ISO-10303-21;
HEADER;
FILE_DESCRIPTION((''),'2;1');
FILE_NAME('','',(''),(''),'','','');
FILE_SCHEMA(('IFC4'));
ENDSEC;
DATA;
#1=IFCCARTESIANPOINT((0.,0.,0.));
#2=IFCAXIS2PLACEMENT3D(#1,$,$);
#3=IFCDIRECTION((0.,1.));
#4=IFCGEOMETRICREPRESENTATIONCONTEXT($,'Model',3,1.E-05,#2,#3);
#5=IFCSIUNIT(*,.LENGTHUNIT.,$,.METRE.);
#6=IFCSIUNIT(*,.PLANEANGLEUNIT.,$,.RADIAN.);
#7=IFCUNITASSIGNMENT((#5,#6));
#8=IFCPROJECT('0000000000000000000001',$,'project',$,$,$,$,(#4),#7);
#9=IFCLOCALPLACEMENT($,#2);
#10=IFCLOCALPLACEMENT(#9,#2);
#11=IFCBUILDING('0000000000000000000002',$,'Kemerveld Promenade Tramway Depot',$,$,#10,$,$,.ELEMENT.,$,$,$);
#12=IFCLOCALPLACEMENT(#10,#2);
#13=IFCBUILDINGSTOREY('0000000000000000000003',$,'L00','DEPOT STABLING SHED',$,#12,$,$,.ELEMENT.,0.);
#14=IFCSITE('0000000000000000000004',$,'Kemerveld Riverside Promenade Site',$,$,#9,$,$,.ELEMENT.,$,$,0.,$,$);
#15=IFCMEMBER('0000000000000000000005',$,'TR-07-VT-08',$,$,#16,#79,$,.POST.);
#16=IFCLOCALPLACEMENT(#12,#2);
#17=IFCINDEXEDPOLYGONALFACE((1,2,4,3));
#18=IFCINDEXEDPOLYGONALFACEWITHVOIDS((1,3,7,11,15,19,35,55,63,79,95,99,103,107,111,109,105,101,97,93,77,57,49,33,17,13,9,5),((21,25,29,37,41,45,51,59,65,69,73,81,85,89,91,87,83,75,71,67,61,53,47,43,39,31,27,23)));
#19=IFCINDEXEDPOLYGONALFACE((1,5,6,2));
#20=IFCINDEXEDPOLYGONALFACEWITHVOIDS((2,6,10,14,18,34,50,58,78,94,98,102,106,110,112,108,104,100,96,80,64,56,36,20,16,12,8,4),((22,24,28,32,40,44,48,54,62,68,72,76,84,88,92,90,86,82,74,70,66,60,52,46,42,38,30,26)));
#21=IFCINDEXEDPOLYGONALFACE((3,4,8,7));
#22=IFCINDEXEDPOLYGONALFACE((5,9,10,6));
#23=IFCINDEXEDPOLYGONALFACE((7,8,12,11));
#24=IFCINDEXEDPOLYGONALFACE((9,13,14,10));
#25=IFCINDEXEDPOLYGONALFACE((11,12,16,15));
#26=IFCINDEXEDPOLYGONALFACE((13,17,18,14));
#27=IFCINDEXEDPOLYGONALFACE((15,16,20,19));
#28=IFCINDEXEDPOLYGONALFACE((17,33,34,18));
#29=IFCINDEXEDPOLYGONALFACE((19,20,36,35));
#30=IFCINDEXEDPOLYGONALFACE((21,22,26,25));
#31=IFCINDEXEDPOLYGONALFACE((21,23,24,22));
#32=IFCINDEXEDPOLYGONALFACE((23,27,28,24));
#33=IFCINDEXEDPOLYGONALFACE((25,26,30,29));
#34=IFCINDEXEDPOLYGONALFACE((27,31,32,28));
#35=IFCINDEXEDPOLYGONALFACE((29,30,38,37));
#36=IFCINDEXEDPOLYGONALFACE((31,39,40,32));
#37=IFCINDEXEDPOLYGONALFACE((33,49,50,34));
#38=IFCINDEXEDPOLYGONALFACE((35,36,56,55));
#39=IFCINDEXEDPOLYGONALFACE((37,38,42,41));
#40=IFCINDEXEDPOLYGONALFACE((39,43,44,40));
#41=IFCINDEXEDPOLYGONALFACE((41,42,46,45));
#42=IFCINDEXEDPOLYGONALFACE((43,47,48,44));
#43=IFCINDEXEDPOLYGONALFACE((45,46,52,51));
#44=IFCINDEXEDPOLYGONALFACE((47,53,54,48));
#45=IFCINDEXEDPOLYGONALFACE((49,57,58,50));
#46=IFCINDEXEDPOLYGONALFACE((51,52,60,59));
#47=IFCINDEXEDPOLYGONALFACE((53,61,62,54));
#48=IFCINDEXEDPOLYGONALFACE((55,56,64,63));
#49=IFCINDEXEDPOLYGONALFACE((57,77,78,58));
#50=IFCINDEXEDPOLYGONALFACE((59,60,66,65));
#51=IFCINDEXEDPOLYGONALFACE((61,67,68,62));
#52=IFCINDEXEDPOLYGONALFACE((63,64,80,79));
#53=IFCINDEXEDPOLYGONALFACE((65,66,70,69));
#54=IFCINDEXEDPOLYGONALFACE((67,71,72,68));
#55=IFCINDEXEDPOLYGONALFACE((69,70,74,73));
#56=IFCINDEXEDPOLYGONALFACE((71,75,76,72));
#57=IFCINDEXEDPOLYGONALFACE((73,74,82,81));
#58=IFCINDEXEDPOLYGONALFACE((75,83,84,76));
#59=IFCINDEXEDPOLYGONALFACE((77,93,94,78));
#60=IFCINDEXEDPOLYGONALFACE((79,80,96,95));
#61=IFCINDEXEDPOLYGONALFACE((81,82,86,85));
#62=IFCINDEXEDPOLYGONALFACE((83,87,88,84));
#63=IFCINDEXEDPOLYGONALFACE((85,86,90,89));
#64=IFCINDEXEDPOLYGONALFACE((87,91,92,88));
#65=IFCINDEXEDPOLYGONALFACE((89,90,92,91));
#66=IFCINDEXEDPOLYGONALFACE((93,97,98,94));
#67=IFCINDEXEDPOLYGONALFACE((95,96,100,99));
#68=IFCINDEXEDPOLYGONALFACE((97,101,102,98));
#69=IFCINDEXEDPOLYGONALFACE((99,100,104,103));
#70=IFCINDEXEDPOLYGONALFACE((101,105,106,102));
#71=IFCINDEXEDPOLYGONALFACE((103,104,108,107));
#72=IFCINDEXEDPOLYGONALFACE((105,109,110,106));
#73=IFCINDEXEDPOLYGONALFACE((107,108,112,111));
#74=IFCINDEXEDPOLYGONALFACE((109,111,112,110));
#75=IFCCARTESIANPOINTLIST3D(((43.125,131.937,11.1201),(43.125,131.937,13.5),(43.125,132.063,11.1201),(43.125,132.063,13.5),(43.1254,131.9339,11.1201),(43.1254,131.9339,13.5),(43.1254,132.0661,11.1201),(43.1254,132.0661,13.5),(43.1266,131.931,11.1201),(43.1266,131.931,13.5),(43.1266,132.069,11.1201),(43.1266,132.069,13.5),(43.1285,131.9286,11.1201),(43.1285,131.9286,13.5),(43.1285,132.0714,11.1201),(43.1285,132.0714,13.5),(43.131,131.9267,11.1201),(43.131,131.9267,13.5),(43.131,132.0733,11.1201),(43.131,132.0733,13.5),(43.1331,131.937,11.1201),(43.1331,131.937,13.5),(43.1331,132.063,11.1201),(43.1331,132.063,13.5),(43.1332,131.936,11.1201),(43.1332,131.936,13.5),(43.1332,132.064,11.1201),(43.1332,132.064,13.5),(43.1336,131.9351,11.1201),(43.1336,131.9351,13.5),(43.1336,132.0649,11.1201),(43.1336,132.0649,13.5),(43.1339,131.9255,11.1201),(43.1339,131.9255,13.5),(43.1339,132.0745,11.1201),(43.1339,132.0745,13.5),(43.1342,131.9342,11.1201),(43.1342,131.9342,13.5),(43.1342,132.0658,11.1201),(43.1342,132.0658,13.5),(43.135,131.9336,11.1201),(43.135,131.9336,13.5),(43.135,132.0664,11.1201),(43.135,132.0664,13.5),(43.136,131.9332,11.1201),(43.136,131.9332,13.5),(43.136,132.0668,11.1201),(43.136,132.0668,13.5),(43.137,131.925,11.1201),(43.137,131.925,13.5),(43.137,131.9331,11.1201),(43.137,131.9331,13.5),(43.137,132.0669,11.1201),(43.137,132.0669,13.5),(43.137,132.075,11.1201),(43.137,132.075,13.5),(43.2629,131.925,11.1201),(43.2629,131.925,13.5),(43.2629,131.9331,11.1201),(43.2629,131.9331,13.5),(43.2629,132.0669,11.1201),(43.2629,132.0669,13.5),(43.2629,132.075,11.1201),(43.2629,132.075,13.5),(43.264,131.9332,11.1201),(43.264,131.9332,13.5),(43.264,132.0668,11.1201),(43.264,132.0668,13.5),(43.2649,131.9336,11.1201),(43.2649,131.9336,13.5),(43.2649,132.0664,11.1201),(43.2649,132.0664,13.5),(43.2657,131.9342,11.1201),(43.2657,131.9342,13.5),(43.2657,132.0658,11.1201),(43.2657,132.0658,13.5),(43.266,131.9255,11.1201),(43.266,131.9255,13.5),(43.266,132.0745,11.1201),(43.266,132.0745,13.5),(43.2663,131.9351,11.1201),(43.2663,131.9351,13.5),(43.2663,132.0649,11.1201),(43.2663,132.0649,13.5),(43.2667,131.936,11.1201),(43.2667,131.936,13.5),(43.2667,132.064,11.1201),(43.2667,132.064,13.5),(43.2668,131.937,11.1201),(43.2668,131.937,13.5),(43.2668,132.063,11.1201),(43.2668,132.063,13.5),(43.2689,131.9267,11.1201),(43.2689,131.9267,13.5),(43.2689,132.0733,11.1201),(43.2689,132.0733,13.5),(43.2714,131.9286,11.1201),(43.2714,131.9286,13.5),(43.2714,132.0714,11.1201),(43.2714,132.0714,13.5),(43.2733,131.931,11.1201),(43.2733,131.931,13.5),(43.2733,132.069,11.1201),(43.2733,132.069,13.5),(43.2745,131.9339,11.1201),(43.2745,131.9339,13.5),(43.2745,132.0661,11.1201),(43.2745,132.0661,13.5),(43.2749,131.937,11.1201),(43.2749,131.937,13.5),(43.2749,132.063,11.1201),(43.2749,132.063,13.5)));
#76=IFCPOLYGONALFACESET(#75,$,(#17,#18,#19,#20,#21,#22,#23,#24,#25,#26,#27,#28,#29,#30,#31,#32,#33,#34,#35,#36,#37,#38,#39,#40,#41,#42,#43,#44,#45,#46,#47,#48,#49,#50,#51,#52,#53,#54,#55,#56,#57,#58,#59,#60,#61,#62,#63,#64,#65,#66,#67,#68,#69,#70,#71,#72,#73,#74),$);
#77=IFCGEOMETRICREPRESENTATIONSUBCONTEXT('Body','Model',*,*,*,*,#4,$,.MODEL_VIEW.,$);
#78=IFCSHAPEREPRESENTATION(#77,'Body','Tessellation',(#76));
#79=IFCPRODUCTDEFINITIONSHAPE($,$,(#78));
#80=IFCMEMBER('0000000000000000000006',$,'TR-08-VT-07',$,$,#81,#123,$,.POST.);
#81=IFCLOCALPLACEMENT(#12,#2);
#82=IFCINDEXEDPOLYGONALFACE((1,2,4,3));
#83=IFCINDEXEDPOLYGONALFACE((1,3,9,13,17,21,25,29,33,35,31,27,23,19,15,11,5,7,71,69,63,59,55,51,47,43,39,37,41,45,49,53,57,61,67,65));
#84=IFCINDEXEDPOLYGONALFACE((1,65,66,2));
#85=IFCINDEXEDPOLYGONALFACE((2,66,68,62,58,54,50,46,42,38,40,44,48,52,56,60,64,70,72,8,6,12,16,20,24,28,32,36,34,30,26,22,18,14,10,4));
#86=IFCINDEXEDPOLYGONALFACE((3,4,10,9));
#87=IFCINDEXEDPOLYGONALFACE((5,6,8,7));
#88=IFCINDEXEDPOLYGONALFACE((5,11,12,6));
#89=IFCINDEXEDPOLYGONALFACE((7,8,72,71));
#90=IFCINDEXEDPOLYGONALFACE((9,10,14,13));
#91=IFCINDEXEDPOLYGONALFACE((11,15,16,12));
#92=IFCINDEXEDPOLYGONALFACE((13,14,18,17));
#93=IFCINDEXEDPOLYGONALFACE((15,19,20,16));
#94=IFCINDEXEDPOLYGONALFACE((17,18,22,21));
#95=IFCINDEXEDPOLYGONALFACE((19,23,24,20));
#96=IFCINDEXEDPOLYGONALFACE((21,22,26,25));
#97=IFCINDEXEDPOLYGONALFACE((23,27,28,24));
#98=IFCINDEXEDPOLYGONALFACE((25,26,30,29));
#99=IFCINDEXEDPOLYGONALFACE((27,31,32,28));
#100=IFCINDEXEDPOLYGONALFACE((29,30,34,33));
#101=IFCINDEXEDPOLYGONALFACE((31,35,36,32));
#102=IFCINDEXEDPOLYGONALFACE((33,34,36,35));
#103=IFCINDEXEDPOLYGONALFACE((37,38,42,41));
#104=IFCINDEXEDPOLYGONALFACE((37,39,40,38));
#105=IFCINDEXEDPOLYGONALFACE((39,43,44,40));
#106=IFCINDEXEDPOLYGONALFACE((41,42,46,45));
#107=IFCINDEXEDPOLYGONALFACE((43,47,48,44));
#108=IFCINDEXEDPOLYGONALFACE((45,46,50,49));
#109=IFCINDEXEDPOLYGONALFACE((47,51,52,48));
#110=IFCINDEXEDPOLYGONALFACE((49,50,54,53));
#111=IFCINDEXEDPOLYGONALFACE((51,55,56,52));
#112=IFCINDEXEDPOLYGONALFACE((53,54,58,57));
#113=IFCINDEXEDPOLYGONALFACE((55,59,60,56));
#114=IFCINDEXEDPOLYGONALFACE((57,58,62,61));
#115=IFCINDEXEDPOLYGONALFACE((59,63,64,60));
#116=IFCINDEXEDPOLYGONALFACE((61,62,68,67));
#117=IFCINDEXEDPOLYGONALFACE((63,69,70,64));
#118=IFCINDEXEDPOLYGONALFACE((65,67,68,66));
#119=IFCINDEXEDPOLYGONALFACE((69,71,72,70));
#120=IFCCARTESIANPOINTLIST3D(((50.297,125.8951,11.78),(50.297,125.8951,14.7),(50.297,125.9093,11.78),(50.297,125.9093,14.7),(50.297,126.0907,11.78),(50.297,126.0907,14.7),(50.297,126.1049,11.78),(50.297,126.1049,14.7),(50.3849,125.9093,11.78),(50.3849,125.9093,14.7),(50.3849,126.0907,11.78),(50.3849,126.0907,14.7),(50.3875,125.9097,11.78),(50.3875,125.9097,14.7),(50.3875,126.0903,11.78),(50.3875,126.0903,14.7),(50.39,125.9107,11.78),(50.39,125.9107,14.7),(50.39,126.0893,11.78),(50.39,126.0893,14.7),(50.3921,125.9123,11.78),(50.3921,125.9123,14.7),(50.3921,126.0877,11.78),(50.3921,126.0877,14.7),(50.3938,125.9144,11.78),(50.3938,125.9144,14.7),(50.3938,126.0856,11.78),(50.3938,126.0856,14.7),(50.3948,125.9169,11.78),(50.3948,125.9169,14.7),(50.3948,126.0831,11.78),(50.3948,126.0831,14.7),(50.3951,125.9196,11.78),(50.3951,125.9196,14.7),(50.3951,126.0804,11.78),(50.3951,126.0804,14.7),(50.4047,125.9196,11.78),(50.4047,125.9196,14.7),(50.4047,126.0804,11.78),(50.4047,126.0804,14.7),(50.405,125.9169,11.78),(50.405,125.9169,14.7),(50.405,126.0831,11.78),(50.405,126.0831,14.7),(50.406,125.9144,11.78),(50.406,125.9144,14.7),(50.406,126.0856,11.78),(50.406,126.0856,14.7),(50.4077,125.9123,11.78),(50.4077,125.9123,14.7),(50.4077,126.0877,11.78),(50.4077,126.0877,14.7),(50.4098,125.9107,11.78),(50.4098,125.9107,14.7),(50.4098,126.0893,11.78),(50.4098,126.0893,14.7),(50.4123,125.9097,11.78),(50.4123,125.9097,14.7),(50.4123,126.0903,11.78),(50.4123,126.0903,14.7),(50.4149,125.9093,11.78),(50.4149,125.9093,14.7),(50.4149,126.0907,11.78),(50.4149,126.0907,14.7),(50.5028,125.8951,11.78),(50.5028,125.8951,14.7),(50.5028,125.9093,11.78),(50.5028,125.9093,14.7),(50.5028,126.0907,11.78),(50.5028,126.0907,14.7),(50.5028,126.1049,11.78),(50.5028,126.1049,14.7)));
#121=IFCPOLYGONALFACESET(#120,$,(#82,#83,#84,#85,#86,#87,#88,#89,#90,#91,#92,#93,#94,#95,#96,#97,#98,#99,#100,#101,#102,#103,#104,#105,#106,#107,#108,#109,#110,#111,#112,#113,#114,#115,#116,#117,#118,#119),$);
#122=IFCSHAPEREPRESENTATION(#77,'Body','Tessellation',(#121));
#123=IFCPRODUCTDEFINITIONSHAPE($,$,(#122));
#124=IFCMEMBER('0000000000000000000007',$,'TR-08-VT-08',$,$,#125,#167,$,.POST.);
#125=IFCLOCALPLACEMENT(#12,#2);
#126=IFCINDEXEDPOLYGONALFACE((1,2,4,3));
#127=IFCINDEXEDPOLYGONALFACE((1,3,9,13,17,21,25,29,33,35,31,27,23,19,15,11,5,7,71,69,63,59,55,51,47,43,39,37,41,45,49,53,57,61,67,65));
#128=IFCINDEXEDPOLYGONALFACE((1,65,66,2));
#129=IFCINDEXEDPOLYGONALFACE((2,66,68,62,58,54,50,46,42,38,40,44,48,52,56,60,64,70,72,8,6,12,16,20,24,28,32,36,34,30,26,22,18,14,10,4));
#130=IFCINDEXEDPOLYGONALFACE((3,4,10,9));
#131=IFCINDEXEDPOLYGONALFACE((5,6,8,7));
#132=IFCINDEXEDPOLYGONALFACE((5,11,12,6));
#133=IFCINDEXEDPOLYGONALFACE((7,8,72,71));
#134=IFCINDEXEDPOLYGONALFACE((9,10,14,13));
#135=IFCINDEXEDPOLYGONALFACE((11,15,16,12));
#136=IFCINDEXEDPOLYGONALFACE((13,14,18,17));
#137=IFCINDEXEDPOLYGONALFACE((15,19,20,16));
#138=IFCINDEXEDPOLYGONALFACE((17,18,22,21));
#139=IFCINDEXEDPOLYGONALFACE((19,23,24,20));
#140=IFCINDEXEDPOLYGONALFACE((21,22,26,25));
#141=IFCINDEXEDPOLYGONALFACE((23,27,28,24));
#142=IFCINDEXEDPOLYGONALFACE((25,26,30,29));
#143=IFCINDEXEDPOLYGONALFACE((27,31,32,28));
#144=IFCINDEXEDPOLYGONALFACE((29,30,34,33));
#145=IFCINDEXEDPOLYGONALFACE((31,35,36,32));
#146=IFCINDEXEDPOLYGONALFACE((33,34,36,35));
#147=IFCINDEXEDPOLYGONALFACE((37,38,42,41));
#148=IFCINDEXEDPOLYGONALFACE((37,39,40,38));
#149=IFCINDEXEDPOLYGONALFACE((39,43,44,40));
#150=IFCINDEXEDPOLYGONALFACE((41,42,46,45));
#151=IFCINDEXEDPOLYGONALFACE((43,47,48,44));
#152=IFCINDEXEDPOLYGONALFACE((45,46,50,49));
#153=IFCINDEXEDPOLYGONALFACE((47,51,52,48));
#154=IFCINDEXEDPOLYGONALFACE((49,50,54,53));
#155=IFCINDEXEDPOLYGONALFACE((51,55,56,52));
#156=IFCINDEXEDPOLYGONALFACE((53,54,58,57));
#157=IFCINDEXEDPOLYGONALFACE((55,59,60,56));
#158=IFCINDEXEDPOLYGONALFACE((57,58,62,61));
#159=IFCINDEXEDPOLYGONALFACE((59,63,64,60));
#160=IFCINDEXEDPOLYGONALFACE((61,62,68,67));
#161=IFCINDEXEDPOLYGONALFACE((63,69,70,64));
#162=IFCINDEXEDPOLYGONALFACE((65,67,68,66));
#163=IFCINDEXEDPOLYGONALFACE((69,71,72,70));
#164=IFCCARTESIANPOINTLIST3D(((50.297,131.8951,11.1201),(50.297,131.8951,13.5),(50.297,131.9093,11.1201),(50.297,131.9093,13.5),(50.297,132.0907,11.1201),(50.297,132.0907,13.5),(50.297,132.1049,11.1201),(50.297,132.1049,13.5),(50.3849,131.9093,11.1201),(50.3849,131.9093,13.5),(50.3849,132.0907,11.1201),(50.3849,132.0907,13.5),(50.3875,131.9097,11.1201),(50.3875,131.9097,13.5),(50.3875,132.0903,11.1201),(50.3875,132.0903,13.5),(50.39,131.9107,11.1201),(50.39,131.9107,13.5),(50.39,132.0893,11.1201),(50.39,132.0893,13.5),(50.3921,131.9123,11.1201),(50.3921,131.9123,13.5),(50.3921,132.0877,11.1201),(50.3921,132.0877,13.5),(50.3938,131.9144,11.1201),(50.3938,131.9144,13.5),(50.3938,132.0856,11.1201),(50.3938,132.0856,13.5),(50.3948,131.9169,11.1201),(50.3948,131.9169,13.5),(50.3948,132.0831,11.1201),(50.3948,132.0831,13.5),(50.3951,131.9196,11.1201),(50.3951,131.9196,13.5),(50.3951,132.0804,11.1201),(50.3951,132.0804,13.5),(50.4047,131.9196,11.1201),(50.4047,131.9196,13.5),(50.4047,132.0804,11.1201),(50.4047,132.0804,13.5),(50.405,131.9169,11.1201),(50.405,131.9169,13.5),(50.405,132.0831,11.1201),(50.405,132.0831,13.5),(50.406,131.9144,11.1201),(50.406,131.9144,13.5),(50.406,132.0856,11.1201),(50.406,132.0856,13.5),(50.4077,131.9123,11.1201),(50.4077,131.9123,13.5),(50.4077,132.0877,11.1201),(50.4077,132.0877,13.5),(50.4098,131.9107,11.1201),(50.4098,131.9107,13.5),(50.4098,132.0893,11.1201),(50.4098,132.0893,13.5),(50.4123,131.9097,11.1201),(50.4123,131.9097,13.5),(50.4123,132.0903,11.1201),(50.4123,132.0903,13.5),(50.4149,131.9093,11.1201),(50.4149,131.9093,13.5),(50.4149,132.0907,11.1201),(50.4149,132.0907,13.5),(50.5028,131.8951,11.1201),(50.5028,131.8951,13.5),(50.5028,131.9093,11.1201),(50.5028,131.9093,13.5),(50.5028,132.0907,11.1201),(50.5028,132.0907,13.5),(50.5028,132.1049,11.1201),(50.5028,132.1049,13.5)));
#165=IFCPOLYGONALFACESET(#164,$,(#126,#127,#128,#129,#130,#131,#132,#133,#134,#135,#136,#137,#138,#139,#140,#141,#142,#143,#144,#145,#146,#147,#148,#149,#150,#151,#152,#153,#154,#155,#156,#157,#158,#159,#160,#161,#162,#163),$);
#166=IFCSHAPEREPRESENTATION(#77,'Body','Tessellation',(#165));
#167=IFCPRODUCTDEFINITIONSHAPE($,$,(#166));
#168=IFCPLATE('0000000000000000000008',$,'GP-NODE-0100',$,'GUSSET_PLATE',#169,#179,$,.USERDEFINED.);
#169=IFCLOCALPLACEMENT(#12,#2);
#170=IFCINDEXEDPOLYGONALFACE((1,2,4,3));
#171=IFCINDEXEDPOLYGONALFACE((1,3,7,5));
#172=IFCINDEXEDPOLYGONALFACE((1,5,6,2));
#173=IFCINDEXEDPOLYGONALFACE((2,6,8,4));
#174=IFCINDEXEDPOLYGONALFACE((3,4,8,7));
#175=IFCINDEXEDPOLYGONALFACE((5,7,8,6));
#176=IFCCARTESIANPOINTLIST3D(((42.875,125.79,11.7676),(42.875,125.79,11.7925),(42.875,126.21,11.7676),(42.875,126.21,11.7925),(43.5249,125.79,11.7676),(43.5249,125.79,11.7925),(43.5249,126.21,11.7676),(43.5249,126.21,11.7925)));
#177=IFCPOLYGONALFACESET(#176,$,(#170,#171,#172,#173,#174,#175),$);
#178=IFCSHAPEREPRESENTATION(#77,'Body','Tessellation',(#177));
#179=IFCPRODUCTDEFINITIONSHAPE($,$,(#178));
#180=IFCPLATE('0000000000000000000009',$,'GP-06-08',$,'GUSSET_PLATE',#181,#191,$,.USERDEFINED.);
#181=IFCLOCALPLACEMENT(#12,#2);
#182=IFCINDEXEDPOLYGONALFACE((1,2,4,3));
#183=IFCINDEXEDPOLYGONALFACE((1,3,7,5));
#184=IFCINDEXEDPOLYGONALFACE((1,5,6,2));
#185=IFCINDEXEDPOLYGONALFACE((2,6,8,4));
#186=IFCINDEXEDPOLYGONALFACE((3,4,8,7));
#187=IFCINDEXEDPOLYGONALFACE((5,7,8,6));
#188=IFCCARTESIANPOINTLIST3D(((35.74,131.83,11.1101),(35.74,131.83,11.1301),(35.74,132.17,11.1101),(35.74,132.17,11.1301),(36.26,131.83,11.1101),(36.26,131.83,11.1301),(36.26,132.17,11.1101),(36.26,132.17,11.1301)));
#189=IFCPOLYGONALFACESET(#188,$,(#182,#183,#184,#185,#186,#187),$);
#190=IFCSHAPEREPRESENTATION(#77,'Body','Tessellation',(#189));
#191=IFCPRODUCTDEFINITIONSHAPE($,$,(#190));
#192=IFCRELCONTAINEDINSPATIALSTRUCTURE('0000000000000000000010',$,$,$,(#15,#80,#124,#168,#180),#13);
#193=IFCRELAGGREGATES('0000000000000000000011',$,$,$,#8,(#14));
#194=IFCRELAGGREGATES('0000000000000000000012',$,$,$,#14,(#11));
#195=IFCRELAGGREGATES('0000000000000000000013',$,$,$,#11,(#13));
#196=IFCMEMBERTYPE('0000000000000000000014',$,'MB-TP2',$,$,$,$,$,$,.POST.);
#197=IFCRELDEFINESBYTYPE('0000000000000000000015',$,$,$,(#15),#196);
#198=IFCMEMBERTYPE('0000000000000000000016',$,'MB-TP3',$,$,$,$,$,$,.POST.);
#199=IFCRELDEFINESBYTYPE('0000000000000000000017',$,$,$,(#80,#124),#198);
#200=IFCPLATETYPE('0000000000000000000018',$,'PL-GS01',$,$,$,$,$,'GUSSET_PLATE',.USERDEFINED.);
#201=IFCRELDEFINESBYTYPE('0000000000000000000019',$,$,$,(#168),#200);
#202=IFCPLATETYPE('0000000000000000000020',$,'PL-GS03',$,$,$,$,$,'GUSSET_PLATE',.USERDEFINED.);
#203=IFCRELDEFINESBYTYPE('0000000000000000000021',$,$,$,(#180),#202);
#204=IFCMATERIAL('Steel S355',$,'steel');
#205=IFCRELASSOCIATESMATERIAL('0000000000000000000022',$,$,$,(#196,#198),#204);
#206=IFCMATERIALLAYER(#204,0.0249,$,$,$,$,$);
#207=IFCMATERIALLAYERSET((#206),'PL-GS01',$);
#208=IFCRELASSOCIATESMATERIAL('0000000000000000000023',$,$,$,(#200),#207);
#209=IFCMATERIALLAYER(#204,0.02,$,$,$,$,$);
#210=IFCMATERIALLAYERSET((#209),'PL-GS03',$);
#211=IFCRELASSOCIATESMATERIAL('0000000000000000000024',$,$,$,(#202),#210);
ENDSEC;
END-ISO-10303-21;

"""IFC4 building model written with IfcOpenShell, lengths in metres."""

from ifc_helpers import new_model, si_unit, direction, frame, origin, origin_2d, place, context, subcontext, project, spatial, rectangle, hollow_rectangle, i_section, extrude, material, layer, layer_set, material_profile, profile_set, type_object, element, save


model = new_model("IFC4")

# Units and contexts
model_context = context("Model", 3, precision=1e-05, world=origin(), true_north=direction((0.0, 1.0)))
body_context = subcontext(model_context, "Body", "Model", "MODEL_VIEW")
ifc_project = project(units=[si_unit("LENGTHUNIT", "METRE"), si_unit("PLANEANGLEUNIT", "RADIAN")], contexts=[model_context])

# Site, building, storey
site_placement = place(None, origin())
site = spatial("IfcSite", under=ifc_project, at=site_placement, Name="Kemerveld Riverside Promenade Site", CompositionType="ELEMENT", RefElevation=0.0)
building_placement = place(site_placement, origin())
building = spatial("IfcBuilding", under=site, at=building_placement, Name="Kemerveld Promenade Tramway Depot", CompositionType="ELEMENT")
storey_placement = place(building_placement, origin())
storey = spatial("IfcBuildingStorey", under=building, at=storey_placement, Name="L00", Description="DEPOT STABLING SHED", CompositionType="ELEMENT", Elevation=0.0)

# Shared definitions
ifc_material_1 = material(Name="Steel S355", Category="steel")

# Members
ifc_material_profile_1 = material_profile(ifc_material_1, hollow_rectangle(XDim=0.1499, YDim=0.1499, WallThickness=0.0081, InnerFilletRadius=0.0039, OuterFilletRadius=0.012, at=origin_2d()), Name="150x150x8.0 SHS")
ifc_profile_set_1 = profile_set([ifc_material_profile_1], Name="Steel S355")
member_type_1 = type_object("IfcMemberType", Name="MB-TP2", PredefinedType="POST", material=ifc_profile_set_1)
member_1_placement = place(storey_placement, frame((43.2, 132.0, 11.1201), z_axis=(0.0, 0.0, 1.0), x_axis=(1.0, 0.0, 0.0)))
element("IfcMember", 1, at=member_1_placement, inside=storey, type_object=member_type_1, Name="TR-07-VT-08", PredefinedType="POST", context=body_context, shape_type="SweptSolid", body=[
    extrude(hollow_rectangle(XDim=0.1499, YDim=0.1499, WallThickness=0.0081, InnerFilletRadius=0.0039, OuterFilletRadius=0.012, at=origin_2d()), origin(), (0.0, 0.0, 1.0), 2.3799),
])
ifc_material_profile_2 = material_profile(ifc_material_1, i_section(OverallWidth=0.2058, OverallDepth=0.2097, WebThickness=0.0095, FlangeThickness=0.0142, FilletRadius=0.0103, at=origin_2d()), Name="203x203x60 UC")
ifc_profile_set_2 = profile_set([ifc_material_profile_2], Name="Steel S355")
member_type_2 = type_object("IfcMemberType", Name="MB-TP3", PredefinedType="POST", material=ifc_profile_set_2)
member_2_placement = place(storey_placement, frame((50.3999, 126.0, 11.78), z_axis=(0.0, 0.0, 1.0), x_axis=(1.0, 0.0, 0.0)))
element("IfcMember", 2, at=member_2_placement, inside=storey, type_object=member_type_2, Name="TR-08-VT-07", PredefinedType="POST", context=body_context, shape_type="SweptSolid", body=[
    extrude(i_section(OverallWidth=0.2058, OverallDepth=0.2097, WebThickness=0.0095, FlangeThickness=0.0142, FilletRadius=0.0103, at=origin_2d()), origin(), (0.0, 0.0, 1.0), 2.9199),
])
member_3_placement = place(storey_placement, frame((50.3999, 132.0, 11.1201), z_axis=(0.0, 0.0, 1.0), x_axis=(1.0, 0.0, 0.0)))
element("IfcMember", 3, at=member_3_placement, inside=storey, type_object=member_type_2, Name="TR-08-VT-08", PredefinedType="POST", context=body_context, shape_type="SweptSolid", body=[
    extrude(i_section(OverallWidth=0.2058, OverallDepth=0.2097, WebThickness=0.0095, FlangeThickness=0.0142, FilletRadius=0.0103, at=origin_2d()), origin(), (0.0, 0.0, 1.0), 2.3799),
])

# Plates
ifc_layer_1 = layer(ifc_material_1, 0.0249)
ifc_layer_set_1 = layer_set([ifc_layer_1], Name="PL-GS01")
plate_type_1 = type_object("IfcPlateType", Name="PL-GS01", ElementType="GUSSET_PLATE", PredefinedType="USERDEFINED", material=ifc_layer_set_1)
plate_1_placement = place(storey_placement, frame((43.2, 126.0, 11.7676), z_axis=(0.0, 0.0, 1.0), x_axis=(1.0, 0.0, 0.0)))
element("IfcPlate", 4, at=plate_1_placement, inside=storey, type_object=plate_type_1, Name="GP-NODE-0100", ObjectType="GUSSET_PLATE", PredefinedType="USERDEFINED", context=body_context, shape_type="SweptSolid", body=[
    extrude(rectangle(XDim=0.6499, YDim=0.4199, at=origin_2d()), origin(), (0.0, 0.0, 1.0), 0.0249),
])
ifc_layer_2 = layer(ifc_material_1, 0.02)
ifc_layer_set_2 = layer_set([ifc_layer_2], Name="PL-GS03")
plate_type_2 = type_object("IfcPlateType", Name="PL-GS03", ElementType="GUSSET_PLATE", PredefinedType="USERDEFINED", material=ifc_layer_set_2)
for number, where, z_axis, x_axis, name in (
    (5, (36.0, 132.0, 11.1101), (0.0, 0.0, 1.0), (1.0, 0.0, 0.0), "GP-06-08"),
):
    element("IfcPlate", number, at=place(storey_placement, frame(where, z_axis=z_axis, x_axis=x_axis)), inside=storey, type_object=plate_type_2, Name=name, ObjectType="GUSSET_PLATE", PredefinedType="USERDEFINED", context=body_context, shape_type="SweptSolid", body=[
        extrude(rectangle(XDim=0.52, YDim=0.3401, at=origin_2d()), origin(), (0.0, 0.0, 1.0), 0.02),
    ])

save(model, "model.ifc")
